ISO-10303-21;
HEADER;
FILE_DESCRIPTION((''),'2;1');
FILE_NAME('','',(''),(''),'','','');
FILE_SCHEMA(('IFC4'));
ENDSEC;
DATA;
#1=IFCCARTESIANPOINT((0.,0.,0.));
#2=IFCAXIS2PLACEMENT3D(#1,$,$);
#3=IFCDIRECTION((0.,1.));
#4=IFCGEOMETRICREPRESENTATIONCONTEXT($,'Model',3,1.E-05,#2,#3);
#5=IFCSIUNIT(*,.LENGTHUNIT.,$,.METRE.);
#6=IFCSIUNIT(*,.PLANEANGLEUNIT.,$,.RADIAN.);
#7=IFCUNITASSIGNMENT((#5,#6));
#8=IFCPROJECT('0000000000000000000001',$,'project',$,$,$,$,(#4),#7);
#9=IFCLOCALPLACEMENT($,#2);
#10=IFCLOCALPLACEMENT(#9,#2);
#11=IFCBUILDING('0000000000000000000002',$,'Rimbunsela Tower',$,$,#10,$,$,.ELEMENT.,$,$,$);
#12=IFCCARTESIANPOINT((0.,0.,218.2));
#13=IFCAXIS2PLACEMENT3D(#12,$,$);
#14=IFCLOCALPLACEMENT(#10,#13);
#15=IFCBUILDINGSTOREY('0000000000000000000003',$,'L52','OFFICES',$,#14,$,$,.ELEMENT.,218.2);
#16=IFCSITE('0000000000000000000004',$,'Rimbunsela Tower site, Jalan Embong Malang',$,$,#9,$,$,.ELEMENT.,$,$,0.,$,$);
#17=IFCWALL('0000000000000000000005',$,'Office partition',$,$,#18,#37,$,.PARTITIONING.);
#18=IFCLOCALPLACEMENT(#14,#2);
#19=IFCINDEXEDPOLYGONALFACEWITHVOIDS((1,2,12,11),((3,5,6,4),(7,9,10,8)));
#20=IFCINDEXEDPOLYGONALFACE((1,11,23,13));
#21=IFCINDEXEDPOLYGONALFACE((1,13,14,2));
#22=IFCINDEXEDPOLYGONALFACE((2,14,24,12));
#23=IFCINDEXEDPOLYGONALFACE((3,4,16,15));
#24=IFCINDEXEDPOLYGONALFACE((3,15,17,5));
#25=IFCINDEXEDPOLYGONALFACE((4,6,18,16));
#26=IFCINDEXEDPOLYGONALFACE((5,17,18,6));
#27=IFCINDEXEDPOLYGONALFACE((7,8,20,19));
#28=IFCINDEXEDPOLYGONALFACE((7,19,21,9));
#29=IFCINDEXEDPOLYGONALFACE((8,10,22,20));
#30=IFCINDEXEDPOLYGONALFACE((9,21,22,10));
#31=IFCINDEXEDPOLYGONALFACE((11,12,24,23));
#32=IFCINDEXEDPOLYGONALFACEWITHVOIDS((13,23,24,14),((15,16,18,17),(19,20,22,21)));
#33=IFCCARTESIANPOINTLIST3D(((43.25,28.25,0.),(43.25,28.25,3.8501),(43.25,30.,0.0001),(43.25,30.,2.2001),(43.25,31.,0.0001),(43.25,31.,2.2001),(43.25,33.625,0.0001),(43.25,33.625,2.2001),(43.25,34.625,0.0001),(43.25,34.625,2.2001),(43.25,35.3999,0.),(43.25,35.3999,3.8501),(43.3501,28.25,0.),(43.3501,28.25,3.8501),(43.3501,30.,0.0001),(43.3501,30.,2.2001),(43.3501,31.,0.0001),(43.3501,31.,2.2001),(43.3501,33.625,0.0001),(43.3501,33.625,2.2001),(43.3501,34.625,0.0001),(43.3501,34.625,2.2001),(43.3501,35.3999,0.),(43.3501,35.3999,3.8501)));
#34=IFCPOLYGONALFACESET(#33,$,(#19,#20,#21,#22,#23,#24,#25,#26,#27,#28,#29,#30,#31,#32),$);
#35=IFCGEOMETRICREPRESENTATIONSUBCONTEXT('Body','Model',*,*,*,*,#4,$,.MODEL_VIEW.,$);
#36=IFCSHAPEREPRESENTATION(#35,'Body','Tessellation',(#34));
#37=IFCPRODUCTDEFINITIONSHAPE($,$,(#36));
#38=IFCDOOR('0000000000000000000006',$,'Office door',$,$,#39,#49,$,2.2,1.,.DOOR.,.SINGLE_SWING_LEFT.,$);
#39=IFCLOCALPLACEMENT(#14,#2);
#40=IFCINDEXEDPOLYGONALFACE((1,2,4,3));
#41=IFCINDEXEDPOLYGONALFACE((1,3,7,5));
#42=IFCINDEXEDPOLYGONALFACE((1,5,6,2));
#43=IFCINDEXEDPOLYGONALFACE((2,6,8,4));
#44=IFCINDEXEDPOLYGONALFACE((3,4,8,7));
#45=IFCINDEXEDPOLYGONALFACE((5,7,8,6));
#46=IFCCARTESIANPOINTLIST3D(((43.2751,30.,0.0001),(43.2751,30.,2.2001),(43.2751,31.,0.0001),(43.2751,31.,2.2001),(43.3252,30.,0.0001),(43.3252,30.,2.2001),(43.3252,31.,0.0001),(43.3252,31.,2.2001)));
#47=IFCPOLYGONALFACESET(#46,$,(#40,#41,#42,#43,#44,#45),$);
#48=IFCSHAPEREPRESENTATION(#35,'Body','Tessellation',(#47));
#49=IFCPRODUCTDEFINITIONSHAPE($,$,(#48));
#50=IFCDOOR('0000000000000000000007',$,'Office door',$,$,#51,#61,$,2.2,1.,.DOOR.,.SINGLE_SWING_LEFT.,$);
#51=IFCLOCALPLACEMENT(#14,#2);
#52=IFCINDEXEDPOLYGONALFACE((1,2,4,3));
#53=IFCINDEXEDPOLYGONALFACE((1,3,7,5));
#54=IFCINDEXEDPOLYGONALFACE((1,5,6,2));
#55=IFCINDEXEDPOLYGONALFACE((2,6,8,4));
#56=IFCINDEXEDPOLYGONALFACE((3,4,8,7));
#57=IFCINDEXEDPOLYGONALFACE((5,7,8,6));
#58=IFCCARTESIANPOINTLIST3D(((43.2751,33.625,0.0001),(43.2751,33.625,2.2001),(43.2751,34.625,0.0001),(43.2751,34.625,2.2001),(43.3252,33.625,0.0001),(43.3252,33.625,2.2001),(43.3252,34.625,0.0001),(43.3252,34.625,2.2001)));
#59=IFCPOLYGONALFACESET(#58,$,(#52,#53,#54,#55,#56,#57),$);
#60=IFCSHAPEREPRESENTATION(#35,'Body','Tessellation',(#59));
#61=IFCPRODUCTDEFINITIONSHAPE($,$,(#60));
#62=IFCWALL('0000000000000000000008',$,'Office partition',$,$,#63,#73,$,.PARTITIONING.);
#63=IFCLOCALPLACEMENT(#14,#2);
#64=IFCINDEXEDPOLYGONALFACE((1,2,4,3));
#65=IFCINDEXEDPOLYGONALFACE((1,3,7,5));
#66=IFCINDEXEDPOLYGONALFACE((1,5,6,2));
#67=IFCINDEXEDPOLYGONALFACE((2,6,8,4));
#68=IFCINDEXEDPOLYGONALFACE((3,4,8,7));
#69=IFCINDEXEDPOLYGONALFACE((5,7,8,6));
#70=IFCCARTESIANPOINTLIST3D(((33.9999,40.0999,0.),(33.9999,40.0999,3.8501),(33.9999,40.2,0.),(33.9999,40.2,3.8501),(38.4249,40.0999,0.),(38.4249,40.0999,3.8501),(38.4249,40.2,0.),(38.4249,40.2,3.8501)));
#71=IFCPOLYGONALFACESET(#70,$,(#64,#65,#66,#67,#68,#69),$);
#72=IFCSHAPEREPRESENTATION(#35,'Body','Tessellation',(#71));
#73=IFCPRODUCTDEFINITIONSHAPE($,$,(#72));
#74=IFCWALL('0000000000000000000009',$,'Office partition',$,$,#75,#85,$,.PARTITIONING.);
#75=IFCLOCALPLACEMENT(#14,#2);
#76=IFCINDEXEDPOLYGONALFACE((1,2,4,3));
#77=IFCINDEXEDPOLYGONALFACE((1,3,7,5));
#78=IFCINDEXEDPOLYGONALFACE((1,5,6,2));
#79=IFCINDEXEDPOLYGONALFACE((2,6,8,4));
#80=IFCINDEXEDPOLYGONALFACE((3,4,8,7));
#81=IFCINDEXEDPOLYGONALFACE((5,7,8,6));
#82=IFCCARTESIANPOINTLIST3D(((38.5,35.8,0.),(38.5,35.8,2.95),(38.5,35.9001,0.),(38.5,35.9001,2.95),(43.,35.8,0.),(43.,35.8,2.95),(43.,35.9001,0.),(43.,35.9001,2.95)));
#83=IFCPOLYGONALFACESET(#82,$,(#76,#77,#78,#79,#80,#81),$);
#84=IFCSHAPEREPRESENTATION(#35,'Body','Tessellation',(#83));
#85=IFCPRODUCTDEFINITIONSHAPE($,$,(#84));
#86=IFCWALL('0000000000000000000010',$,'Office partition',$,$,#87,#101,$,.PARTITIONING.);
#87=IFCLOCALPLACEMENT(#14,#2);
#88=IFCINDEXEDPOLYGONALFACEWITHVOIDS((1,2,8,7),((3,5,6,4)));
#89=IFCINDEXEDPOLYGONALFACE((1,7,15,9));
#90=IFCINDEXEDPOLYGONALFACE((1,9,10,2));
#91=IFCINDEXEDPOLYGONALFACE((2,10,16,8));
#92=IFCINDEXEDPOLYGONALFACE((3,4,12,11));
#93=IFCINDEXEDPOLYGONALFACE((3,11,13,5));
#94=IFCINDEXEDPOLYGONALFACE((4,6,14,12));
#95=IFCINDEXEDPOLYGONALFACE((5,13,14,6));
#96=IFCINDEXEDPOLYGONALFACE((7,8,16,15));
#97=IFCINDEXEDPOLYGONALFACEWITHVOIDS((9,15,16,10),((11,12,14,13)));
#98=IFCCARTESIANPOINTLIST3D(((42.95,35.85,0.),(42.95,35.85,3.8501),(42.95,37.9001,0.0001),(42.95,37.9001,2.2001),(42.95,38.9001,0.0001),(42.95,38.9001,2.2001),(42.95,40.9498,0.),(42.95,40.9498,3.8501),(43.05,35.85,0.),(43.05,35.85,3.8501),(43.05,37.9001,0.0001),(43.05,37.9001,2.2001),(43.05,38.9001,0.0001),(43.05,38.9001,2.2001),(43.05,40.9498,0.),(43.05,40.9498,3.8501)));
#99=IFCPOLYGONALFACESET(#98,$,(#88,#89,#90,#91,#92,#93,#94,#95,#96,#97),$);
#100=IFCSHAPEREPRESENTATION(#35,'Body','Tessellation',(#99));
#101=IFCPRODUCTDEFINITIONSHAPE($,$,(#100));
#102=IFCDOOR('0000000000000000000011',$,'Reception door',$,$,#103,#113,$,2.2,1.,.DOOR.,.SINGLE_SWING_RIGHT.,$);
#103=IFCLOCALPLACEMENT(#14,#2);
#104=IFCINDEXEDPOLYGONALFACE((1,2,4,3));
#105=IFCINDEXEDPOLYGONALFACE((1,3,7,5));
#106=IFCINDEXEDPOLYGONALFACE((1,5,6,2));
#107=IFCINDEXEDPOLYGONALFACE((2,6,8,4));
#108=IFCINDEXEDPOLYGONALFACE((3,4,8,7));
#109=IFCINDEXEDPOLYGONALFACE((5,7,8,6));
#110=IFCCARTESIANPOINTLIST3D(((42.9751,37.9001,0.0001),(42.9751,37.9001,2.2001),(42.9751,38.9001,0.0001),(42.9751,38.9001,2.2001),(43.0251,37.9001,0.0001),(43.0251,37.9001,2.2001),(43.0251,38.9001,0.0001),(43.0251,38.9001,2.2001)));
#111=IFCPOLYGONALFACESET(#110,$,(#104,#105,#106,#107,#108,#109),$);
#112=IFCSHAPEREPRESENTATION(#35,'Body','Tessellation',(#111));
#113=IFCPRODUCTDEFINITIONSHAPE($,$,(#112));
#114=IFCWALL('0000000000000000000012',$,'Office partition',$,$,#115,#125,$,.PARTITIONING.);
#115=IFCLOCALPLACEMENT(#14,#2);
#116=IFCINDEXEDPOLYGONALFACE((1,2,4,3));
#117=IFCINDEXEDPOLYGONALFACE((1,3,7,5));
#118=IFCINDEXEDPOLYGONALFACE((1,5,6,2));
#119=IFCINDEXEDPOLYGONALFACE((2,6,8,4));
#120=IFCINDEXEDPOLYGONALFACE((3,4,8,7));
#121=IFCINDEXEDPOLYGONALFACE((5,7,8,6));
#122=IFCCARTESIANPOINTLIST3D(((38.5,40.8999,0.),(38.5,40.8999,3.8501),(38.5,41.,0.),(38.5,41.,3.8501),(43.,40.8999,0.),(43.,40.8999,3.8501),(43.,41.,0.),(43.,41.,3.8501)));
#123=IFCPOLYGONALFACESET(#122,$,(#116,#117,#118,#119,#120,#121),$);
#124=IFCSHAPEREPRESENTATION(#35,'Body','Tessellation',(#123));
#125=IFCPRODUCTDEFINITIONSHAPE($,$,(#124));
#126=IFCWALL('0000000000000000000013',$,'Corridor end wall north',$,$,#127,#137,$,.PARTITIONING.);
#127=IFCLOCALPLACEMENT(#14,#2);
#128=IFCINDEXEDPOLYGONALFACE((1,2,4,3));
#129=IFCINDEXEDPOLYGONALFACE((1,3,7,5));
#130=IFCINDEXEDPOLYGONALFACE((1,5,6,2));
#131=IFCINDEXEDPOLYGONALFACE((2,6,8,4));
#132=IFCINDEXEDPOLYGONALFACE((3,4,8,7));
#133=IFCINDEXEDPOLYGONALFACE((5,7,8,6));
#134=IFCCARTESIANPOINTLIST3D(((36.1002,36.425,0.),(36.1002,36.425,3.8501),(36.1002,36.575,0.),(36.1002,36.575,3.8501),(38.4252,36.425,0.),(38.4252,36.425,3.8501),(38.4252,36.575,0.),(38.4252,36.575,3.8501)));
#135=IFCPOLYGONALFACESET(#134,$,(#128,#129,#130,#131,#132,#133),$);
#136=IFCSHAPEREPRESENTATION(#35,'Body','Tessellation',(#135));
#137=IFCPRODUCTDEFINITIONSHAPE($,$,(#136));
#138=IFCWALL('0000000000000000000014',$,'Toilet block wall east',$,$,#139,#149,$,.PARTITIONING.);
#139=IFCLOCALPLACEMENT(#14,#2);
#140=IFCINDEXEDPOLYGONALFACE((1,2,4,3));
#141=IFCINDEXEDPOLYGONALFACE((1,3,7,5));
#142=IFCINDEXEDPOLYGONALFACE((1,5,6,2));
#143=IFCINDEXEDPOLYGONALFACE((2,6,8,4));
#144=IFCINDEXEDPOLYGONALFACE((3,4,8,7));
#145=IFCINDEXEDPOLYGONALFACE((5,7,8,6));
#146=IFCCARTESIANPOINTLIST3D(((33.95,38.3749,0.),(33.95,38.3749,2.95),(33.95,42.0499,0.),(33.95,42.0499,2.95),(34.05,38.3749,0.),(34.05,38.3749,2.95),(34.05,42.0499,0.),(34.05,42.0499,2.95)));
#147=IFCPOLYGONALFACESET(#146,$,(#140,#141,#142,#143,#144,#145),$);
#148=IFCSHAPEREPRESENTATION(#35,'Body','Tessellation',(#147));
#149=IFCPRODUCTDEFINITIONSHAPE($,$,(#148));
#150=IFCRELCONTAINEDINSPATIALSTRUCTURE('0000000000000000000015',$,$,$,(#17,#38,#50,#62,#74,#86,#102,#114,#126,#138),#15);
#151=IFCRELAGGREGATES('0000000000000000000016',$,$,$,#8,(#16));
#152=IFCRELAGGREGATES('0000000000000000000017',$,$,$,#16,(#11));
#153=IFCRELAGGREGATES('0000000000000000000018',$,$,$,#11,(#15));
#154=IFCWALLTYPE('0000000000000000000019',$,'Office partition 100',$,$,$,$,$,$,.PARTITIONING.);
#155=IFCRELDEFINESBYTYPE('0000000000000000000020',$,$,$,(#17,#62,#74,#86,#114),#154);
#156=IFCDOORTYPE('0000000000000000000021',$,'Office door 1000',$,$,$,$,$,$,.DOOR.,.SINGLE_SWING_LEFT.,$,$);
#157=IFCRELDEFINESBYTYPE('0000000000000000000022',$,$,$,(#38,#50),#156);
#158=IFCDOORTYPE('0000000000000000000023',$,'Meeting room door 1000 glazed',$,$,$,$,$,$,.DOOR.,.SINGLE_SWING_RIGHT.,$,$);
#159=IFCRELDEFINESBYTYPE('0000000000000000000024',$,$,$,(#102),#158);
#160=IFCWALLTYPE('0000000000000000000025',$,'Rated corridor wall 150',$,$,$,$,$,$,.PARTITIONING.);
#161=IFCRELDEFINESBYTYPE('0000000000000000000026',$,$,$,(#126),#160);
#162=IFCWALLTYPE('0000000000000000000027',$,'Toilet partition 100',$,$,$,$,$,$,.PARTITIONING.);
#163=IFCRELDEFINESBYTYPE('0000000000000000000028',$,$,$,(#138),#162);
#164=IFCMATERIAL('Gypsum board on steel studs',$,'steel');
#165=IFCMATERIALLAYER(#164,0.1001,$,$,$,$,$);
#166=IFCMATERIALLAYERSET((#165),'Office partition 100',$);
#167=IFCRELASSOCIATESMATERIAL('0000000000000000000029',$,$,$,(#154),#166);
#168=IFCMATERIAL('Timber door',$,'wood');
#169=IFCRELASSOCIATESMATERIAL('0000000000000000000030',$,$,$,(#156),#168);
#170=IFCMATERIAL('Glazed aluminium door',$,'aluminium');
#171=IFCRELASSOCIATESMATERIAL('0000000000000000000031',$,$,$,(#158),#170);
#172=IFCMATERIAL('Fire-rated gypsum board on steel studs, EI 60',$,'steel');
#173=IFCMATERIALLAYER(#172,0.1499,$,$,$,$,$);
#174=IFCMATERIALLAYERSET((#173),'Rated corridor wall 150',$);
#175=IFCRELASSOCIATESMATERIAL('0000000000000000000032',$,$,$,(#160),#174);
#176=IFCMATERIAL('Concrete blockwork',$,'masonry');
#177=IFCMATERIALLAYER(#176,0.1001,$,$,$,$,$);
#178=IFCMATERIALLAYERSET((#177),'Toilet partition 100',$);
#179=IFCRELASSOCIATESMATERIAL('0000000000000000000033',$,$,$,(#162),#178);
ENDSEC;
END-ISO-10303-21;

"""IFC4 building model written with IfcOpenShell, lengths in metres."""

from ifc_helpers import new_model, si_unit, direction, frame, frame_2d, origin, place, context, subcontext, project, spatial, rectangle, extrude, material, layer, layer_set, type_object, element, fill, save


model = new_model("IFC4")

# Units and contexts
model_context = context("Model", 3, precision=1e-05, world=origin(), true_north=direction((0.0, 1.0)))
body_context = subcontext(model_context, "Body", "Model", "MODEL_VIEW")
ifc_project = project(units=[si_unit("LENGTHUNIT", "METRE"), si_unit("PLANEANGLEUNIT", "RADIAN")], contexts=[model_context])

# Site, building, storey
site_placement = place(None, origin())
site = spatial("IfcSite", under=ifc_project, at=site_placement, Name="Rimbunsela Tower site, Jalan Embong Malang", CompositionType="ELEMENT", RefElevation=0.0)
building_placement = place(site_placement, origin())
building = spatial("IfcBuilding", under=site, at=building_placement, Name="Rimbunsela Tower", CompositionType="ELEMENT")
storey_placement = place(building_placement, frame((0.0, 0.0, 218.2)))
storey = spatial("IfcBuildingStorey", under=building, at=storey_placement, Name="L52", Description="OFFICES", CompositionType="ELEMENT", Elevation=218.2)

# Shared definitions
ifc_material_1 = material(Name="Gypsum board on steel studs", Category="steel")
ifc_layer_1 = layer(ifc_material_1, 0.1001)
ifc_layer_set_1 = layer_set([ifc_layer_1], Name="Office partition 100")
wall_type_1 = type_object("IfcWallType", Name="Office partition 100", PredefinedType="PARTITIONING", material=ifc_layer_set_1)

# Wall, openings, doors
wall_1_placement = place(storey_placement, frame((43.3, 28.25, 0.0), z_axis=(0.0, 0.0, 1.0), x_axis=(0.0, 1.0, 0.0)))
wall_1 = element("IfcWall", 1, at=wall_1_placement, inside=storey, type_object=wall_type_1, Name="Office partition", PredefinedType="PARTITIONING", context=body_context, shape_type="SweptSolid", body=[
    extrude(rectangle(XDim=7.1499, YDim=0.1001, at=frame_2d((3.575, 0.0))), origin(), (0.0, 0.0, 1.0), 3.8501),
])
opening_1_placement = place(wall_1_placement, frame((1.75, 0.0, 0.0)))
opening_1 = element("IfcOpeningElement", 2, at=opening_1_placement, cuts=wall_1, PredefinedType="OPENING", context=body_context, shape_type="SweptSolid", body=[
    extrude(rectangle(XDim=1.0, YDim=2.2, at=frame_2d((0.5, 1.1001))), frame((0.0, 0.0601, 0.0), z_axis=(0.0, -1.0, 0.0), x_axis=(1.0, 0.0, 0.0)), (0.0, 0.0, 1.0), 0.1201),
])
opening_2_placement = place(wall_1_placement, frame((5.375, 0.0, 0.0)))
opening_2 = element("IfcOpeningElement", 3, at=opening_2_placement, cuts=wall_1, PredefinedType="OPENING", context=body_context, shape_type="SweptSolid", body=[
    extrude(rectangle(XDim=1.0, YDim=2.2, at=frame_2d((0.5, 1.1001))), frame((0.0, 0.0601, 0.0), z_axis=(0.0, -1.0, 0.0), x_axis=(1.0, 0.0, 0.0)), (0.0, 0.0, 1.0), 0.1201),
])
ifc_material_2 = material(Name="Timber door", Category="wood")
door_type_1 = type_object("IfcDoorType", Name="Office door 1000", OperationType="SINGLE_SWING_LEFT", PredefinedType="DOOR", material=ifc_material_2)
door_1_placement = place(opening_1_placement, origin())
door_1 = element("IfcDoor", 4, at=door_1_placement, inside=storey, type_object=door_type_1, Name="Office door", OperationType="SINGLE_SWING_LEFT", OverallHeight=2.2, OverallWidth=1.0, PredefinedType="DOOR", context=body_context, shape_type="SweptSolid", body=[
    extrude(rectangle(XDim=1.0, YDim=2.2, at=frame_2d((0.5, 1.1001))), frame((0.0, 0.0249, 0.0), z_axis=(0.0, -1.0, 0.0), x_axis=(1.0, 0.0, 0.0)), (0.0, 0.0, 1.0), 0.05),
])
fill(opening_1, door_1)
door_2_placement = place(opening_2_placement, origin())
door_2 = element("IfcDoor", 5, at=door_2_placement, inside=storey, type_object=door_type_1, Name="Office door", OperationType="SINGLE_SWING_LEFT", OverallHeight=2.2, OverallWidth=1.0, PredefinedType="DOOR", context=body_context, shape_type="SweptSolid", body=[
    extrude(rectangle(XDim=1.0, YDim=2.2, at=frame_2d((0.5, 1.1001))), frame((0.0, 0.0249, 0.0), z_axis=(0.0, -1.0, 0.0), x_axis=(1.0, 0.0, 0.0)), (0.0, 0.0, 1.0), 0.05),
])
fill(opening_2, door_2)

# Walls
wall_2_placement = place(storey_placement, frame((34.0, 40.1499, 0.0), z_axis=(0.0, 0.0, 1.0), x_axis=(1.0, 0.0, 0.0)))
element("IfcWall", 6, at=wall_2_placement, inside=storey, type_object=wall_type_1, Name="Office partition", PredefinedType="PARTITIONING", context=body_context, shape_type="SweptSolid", body=[
    extrude(rectangle(XDim=4.425, YDim=0.1001, at=frame_2d((2.2124, 0.0))), origin(), (0.0, 0.0, 1.0), 3.8501),
])
wall_3_placement = place(storey_placement, frame((38.5, 35.8501, 0.0), z_axis=(0.0, 0.0, 1.0), x_axis=(1.0, 0.0, 0.0)))
element("IfcWall", 7, at=wall_3_placement, inside=storey, type_object=wall_type_1, Name="Office partition", PredefinedType="PARTITIONING", context=body_context, shape_type="SweptSolid", body=[
    extrude(rectangle(XDim=4.5, YDim=0.1001, at=frame_2d((2.25, 0.0))), origin(), (0.0, 0.0, 1.0), 2.95),
])

# Wall, opening, door
wall_4_placement = place(storey_placement, frame((43.0, 35.8501, 0.0), z_axis=(0.0, 0.0, 1.0), x_axis=(0.0, 1.0, 0.0)))
wall_4 = element("IfcWall", 8, at=wall_4_placement, inside=storey, type_object=wall_type_1, Name="Office partition", PredefinedType="PARTITIONING", context=body_context, shape_type="SweptSolid", body=[
    extrude(rectangle(XDim=5.0999, YDim=0.1001, at=frame_2d((2.5498, 0.0))), origin(), (0.0, 0.0, 1.0), 3.8501),
])
opening_3_placement = place(wall_4_placement, frame((2.05, 0.0, 0.0)))
opening_3 = element("IfcOpeningElement", 9, at=opening_3_placement, cuts=wall_4, PredefinedType="OPENING", context=body_context, shape_type="SweptSolid", body=[
    extrude(rectangle(XDim=1.0, YDim=2.2, at=frame_2d((0.5, 1.1001))), frame((0.0, 0.0601, 0.0), z_axis=(0.0, -1.0, 0.0), x_axis=(1.0, 0.0, 0.0)), (0.0, 0.0, 1.0), 0.1201),
])
ifc_material_3 = material(Name="Glazed aluminium door", Category="aluminium")
door_type_2 = type_object("IfcDoorType", Name="Meeting room door 1000 glazed", OperationType="SINGLE_SWING_RIGHT", PredefinedType="DOOR", material=ifc_material_3)
door_3_placement = place(opening_3_placement, origin())
door_3 = element("IfcDoor", 10, at=door_3_placement, inside=storey, type_object=door_type_2, Name="Reception door", OperationType="SINGLE_SWING_RIGHT", OverallHeight=2.2, OverallWidth=1.0, PredefinedType="DOOR", context=body_context, shape_type="SweptSolid", body=[
    extrude(rectangle(XDim=1.0, YDim=2.2, at=frame_2d((0.5, 1.1001))), frame((0.0, 0.0249, 0.0), z_axis=(0.0, -1.0, 0.0), x_axis=(1.0, 0.0, 0.0)), (0.0, 0.0, 1.0), 0.05),
])
fill(opening_3, door_3)

# Walls
wall_5_placement = place(storey_placement, frame((43.0, 40.95, 0.0), z_axis=(0.0, 0.0, 1.0), x_axis=(-1.0, 0.0, 0.0)))
element("IfcWall", 11, at=wall_5_placement, inside=storey, type_object=wall_type_1, Name="Office partition", PredefinedType="PARTITIONING", context=body_context, shape_type="SweptSolid", body=[
    extrude(rectangle(XDim=4.5, YDim=0.1001, at=frame_2d((2.25, 0.0))), origin(), (0.0, 0.0, 1.0), 3.8501),
])
ifc_material_4 = material(Name="Fire-rated gypsum board on steel studs, EI 60", Category="steel")
ifc_layer_2 = layer(ifc_material_4, 0.1499)
ifc_layer_set_2 = layer_set([ifc_layer_2], Name="Rated corridor wall 150")
wall_type_2 = type_object("IfcWallType", Name="Rated corridor wall 150", PredefinedType="PARTITIONING", material=ifc_layer_set_2)
wall_6_placement = place(storey_placement, frame((36.1001, 36.5, 0.0), z_axis=(0.0, 0.0, 1.0), x_axis=(1.0, 0.0, 0.0)))
element("IfcWall", 12, at=wall_6_placement, inside=storey, type_object=wall_type_2, Name="Corridor end wall north", PredefinedType="PARTITIONING", context=body_context, shape_type="SweptSolid", body=[
    extrude(rectangle(XDim=2.325, YDim=0.1499, at=frame_2d((1.1626, 0.0))), origin(), (0.0, 0.0, 1.0), 3.8501),
])
ifc_material_5 = material(Name="Concrete blockwork", Category="masonry")
ifc_layer_3 = layer(ifc_material_5, 0.1001)
ifc_layer_set_3 = layer_set([ifc_layer_3], Name="Toilet partition 100")
wall_type_3 = type_object("IfcWallType", Name="Toilet partition 100", PredefinedType="PARTITIONING", material=ifc_layer_set_3)
wall_7_placement = place(storey_placement, frame((34.0, 38.375, 0.0), z_axis=(0.0, 0.0, 1.0), x_axis=(0.0, 1.0, 0.0)))
element("IfcWall", 13, at=wall_7_placement, inside=storey, type_object=wall_type_3, Name="Toilet block wall east", PredefinedType="PARTITIONING", context=body_context, shape_type="SweptSolid", body=[
    extrude(rectangle(XDim=3.675, YDim=0.1001, at=frame_2d((1.8374, 0.0))), origin(), (0.0, 0.0, 1.0), 2.95),
])

save(model, "model.ifc")
